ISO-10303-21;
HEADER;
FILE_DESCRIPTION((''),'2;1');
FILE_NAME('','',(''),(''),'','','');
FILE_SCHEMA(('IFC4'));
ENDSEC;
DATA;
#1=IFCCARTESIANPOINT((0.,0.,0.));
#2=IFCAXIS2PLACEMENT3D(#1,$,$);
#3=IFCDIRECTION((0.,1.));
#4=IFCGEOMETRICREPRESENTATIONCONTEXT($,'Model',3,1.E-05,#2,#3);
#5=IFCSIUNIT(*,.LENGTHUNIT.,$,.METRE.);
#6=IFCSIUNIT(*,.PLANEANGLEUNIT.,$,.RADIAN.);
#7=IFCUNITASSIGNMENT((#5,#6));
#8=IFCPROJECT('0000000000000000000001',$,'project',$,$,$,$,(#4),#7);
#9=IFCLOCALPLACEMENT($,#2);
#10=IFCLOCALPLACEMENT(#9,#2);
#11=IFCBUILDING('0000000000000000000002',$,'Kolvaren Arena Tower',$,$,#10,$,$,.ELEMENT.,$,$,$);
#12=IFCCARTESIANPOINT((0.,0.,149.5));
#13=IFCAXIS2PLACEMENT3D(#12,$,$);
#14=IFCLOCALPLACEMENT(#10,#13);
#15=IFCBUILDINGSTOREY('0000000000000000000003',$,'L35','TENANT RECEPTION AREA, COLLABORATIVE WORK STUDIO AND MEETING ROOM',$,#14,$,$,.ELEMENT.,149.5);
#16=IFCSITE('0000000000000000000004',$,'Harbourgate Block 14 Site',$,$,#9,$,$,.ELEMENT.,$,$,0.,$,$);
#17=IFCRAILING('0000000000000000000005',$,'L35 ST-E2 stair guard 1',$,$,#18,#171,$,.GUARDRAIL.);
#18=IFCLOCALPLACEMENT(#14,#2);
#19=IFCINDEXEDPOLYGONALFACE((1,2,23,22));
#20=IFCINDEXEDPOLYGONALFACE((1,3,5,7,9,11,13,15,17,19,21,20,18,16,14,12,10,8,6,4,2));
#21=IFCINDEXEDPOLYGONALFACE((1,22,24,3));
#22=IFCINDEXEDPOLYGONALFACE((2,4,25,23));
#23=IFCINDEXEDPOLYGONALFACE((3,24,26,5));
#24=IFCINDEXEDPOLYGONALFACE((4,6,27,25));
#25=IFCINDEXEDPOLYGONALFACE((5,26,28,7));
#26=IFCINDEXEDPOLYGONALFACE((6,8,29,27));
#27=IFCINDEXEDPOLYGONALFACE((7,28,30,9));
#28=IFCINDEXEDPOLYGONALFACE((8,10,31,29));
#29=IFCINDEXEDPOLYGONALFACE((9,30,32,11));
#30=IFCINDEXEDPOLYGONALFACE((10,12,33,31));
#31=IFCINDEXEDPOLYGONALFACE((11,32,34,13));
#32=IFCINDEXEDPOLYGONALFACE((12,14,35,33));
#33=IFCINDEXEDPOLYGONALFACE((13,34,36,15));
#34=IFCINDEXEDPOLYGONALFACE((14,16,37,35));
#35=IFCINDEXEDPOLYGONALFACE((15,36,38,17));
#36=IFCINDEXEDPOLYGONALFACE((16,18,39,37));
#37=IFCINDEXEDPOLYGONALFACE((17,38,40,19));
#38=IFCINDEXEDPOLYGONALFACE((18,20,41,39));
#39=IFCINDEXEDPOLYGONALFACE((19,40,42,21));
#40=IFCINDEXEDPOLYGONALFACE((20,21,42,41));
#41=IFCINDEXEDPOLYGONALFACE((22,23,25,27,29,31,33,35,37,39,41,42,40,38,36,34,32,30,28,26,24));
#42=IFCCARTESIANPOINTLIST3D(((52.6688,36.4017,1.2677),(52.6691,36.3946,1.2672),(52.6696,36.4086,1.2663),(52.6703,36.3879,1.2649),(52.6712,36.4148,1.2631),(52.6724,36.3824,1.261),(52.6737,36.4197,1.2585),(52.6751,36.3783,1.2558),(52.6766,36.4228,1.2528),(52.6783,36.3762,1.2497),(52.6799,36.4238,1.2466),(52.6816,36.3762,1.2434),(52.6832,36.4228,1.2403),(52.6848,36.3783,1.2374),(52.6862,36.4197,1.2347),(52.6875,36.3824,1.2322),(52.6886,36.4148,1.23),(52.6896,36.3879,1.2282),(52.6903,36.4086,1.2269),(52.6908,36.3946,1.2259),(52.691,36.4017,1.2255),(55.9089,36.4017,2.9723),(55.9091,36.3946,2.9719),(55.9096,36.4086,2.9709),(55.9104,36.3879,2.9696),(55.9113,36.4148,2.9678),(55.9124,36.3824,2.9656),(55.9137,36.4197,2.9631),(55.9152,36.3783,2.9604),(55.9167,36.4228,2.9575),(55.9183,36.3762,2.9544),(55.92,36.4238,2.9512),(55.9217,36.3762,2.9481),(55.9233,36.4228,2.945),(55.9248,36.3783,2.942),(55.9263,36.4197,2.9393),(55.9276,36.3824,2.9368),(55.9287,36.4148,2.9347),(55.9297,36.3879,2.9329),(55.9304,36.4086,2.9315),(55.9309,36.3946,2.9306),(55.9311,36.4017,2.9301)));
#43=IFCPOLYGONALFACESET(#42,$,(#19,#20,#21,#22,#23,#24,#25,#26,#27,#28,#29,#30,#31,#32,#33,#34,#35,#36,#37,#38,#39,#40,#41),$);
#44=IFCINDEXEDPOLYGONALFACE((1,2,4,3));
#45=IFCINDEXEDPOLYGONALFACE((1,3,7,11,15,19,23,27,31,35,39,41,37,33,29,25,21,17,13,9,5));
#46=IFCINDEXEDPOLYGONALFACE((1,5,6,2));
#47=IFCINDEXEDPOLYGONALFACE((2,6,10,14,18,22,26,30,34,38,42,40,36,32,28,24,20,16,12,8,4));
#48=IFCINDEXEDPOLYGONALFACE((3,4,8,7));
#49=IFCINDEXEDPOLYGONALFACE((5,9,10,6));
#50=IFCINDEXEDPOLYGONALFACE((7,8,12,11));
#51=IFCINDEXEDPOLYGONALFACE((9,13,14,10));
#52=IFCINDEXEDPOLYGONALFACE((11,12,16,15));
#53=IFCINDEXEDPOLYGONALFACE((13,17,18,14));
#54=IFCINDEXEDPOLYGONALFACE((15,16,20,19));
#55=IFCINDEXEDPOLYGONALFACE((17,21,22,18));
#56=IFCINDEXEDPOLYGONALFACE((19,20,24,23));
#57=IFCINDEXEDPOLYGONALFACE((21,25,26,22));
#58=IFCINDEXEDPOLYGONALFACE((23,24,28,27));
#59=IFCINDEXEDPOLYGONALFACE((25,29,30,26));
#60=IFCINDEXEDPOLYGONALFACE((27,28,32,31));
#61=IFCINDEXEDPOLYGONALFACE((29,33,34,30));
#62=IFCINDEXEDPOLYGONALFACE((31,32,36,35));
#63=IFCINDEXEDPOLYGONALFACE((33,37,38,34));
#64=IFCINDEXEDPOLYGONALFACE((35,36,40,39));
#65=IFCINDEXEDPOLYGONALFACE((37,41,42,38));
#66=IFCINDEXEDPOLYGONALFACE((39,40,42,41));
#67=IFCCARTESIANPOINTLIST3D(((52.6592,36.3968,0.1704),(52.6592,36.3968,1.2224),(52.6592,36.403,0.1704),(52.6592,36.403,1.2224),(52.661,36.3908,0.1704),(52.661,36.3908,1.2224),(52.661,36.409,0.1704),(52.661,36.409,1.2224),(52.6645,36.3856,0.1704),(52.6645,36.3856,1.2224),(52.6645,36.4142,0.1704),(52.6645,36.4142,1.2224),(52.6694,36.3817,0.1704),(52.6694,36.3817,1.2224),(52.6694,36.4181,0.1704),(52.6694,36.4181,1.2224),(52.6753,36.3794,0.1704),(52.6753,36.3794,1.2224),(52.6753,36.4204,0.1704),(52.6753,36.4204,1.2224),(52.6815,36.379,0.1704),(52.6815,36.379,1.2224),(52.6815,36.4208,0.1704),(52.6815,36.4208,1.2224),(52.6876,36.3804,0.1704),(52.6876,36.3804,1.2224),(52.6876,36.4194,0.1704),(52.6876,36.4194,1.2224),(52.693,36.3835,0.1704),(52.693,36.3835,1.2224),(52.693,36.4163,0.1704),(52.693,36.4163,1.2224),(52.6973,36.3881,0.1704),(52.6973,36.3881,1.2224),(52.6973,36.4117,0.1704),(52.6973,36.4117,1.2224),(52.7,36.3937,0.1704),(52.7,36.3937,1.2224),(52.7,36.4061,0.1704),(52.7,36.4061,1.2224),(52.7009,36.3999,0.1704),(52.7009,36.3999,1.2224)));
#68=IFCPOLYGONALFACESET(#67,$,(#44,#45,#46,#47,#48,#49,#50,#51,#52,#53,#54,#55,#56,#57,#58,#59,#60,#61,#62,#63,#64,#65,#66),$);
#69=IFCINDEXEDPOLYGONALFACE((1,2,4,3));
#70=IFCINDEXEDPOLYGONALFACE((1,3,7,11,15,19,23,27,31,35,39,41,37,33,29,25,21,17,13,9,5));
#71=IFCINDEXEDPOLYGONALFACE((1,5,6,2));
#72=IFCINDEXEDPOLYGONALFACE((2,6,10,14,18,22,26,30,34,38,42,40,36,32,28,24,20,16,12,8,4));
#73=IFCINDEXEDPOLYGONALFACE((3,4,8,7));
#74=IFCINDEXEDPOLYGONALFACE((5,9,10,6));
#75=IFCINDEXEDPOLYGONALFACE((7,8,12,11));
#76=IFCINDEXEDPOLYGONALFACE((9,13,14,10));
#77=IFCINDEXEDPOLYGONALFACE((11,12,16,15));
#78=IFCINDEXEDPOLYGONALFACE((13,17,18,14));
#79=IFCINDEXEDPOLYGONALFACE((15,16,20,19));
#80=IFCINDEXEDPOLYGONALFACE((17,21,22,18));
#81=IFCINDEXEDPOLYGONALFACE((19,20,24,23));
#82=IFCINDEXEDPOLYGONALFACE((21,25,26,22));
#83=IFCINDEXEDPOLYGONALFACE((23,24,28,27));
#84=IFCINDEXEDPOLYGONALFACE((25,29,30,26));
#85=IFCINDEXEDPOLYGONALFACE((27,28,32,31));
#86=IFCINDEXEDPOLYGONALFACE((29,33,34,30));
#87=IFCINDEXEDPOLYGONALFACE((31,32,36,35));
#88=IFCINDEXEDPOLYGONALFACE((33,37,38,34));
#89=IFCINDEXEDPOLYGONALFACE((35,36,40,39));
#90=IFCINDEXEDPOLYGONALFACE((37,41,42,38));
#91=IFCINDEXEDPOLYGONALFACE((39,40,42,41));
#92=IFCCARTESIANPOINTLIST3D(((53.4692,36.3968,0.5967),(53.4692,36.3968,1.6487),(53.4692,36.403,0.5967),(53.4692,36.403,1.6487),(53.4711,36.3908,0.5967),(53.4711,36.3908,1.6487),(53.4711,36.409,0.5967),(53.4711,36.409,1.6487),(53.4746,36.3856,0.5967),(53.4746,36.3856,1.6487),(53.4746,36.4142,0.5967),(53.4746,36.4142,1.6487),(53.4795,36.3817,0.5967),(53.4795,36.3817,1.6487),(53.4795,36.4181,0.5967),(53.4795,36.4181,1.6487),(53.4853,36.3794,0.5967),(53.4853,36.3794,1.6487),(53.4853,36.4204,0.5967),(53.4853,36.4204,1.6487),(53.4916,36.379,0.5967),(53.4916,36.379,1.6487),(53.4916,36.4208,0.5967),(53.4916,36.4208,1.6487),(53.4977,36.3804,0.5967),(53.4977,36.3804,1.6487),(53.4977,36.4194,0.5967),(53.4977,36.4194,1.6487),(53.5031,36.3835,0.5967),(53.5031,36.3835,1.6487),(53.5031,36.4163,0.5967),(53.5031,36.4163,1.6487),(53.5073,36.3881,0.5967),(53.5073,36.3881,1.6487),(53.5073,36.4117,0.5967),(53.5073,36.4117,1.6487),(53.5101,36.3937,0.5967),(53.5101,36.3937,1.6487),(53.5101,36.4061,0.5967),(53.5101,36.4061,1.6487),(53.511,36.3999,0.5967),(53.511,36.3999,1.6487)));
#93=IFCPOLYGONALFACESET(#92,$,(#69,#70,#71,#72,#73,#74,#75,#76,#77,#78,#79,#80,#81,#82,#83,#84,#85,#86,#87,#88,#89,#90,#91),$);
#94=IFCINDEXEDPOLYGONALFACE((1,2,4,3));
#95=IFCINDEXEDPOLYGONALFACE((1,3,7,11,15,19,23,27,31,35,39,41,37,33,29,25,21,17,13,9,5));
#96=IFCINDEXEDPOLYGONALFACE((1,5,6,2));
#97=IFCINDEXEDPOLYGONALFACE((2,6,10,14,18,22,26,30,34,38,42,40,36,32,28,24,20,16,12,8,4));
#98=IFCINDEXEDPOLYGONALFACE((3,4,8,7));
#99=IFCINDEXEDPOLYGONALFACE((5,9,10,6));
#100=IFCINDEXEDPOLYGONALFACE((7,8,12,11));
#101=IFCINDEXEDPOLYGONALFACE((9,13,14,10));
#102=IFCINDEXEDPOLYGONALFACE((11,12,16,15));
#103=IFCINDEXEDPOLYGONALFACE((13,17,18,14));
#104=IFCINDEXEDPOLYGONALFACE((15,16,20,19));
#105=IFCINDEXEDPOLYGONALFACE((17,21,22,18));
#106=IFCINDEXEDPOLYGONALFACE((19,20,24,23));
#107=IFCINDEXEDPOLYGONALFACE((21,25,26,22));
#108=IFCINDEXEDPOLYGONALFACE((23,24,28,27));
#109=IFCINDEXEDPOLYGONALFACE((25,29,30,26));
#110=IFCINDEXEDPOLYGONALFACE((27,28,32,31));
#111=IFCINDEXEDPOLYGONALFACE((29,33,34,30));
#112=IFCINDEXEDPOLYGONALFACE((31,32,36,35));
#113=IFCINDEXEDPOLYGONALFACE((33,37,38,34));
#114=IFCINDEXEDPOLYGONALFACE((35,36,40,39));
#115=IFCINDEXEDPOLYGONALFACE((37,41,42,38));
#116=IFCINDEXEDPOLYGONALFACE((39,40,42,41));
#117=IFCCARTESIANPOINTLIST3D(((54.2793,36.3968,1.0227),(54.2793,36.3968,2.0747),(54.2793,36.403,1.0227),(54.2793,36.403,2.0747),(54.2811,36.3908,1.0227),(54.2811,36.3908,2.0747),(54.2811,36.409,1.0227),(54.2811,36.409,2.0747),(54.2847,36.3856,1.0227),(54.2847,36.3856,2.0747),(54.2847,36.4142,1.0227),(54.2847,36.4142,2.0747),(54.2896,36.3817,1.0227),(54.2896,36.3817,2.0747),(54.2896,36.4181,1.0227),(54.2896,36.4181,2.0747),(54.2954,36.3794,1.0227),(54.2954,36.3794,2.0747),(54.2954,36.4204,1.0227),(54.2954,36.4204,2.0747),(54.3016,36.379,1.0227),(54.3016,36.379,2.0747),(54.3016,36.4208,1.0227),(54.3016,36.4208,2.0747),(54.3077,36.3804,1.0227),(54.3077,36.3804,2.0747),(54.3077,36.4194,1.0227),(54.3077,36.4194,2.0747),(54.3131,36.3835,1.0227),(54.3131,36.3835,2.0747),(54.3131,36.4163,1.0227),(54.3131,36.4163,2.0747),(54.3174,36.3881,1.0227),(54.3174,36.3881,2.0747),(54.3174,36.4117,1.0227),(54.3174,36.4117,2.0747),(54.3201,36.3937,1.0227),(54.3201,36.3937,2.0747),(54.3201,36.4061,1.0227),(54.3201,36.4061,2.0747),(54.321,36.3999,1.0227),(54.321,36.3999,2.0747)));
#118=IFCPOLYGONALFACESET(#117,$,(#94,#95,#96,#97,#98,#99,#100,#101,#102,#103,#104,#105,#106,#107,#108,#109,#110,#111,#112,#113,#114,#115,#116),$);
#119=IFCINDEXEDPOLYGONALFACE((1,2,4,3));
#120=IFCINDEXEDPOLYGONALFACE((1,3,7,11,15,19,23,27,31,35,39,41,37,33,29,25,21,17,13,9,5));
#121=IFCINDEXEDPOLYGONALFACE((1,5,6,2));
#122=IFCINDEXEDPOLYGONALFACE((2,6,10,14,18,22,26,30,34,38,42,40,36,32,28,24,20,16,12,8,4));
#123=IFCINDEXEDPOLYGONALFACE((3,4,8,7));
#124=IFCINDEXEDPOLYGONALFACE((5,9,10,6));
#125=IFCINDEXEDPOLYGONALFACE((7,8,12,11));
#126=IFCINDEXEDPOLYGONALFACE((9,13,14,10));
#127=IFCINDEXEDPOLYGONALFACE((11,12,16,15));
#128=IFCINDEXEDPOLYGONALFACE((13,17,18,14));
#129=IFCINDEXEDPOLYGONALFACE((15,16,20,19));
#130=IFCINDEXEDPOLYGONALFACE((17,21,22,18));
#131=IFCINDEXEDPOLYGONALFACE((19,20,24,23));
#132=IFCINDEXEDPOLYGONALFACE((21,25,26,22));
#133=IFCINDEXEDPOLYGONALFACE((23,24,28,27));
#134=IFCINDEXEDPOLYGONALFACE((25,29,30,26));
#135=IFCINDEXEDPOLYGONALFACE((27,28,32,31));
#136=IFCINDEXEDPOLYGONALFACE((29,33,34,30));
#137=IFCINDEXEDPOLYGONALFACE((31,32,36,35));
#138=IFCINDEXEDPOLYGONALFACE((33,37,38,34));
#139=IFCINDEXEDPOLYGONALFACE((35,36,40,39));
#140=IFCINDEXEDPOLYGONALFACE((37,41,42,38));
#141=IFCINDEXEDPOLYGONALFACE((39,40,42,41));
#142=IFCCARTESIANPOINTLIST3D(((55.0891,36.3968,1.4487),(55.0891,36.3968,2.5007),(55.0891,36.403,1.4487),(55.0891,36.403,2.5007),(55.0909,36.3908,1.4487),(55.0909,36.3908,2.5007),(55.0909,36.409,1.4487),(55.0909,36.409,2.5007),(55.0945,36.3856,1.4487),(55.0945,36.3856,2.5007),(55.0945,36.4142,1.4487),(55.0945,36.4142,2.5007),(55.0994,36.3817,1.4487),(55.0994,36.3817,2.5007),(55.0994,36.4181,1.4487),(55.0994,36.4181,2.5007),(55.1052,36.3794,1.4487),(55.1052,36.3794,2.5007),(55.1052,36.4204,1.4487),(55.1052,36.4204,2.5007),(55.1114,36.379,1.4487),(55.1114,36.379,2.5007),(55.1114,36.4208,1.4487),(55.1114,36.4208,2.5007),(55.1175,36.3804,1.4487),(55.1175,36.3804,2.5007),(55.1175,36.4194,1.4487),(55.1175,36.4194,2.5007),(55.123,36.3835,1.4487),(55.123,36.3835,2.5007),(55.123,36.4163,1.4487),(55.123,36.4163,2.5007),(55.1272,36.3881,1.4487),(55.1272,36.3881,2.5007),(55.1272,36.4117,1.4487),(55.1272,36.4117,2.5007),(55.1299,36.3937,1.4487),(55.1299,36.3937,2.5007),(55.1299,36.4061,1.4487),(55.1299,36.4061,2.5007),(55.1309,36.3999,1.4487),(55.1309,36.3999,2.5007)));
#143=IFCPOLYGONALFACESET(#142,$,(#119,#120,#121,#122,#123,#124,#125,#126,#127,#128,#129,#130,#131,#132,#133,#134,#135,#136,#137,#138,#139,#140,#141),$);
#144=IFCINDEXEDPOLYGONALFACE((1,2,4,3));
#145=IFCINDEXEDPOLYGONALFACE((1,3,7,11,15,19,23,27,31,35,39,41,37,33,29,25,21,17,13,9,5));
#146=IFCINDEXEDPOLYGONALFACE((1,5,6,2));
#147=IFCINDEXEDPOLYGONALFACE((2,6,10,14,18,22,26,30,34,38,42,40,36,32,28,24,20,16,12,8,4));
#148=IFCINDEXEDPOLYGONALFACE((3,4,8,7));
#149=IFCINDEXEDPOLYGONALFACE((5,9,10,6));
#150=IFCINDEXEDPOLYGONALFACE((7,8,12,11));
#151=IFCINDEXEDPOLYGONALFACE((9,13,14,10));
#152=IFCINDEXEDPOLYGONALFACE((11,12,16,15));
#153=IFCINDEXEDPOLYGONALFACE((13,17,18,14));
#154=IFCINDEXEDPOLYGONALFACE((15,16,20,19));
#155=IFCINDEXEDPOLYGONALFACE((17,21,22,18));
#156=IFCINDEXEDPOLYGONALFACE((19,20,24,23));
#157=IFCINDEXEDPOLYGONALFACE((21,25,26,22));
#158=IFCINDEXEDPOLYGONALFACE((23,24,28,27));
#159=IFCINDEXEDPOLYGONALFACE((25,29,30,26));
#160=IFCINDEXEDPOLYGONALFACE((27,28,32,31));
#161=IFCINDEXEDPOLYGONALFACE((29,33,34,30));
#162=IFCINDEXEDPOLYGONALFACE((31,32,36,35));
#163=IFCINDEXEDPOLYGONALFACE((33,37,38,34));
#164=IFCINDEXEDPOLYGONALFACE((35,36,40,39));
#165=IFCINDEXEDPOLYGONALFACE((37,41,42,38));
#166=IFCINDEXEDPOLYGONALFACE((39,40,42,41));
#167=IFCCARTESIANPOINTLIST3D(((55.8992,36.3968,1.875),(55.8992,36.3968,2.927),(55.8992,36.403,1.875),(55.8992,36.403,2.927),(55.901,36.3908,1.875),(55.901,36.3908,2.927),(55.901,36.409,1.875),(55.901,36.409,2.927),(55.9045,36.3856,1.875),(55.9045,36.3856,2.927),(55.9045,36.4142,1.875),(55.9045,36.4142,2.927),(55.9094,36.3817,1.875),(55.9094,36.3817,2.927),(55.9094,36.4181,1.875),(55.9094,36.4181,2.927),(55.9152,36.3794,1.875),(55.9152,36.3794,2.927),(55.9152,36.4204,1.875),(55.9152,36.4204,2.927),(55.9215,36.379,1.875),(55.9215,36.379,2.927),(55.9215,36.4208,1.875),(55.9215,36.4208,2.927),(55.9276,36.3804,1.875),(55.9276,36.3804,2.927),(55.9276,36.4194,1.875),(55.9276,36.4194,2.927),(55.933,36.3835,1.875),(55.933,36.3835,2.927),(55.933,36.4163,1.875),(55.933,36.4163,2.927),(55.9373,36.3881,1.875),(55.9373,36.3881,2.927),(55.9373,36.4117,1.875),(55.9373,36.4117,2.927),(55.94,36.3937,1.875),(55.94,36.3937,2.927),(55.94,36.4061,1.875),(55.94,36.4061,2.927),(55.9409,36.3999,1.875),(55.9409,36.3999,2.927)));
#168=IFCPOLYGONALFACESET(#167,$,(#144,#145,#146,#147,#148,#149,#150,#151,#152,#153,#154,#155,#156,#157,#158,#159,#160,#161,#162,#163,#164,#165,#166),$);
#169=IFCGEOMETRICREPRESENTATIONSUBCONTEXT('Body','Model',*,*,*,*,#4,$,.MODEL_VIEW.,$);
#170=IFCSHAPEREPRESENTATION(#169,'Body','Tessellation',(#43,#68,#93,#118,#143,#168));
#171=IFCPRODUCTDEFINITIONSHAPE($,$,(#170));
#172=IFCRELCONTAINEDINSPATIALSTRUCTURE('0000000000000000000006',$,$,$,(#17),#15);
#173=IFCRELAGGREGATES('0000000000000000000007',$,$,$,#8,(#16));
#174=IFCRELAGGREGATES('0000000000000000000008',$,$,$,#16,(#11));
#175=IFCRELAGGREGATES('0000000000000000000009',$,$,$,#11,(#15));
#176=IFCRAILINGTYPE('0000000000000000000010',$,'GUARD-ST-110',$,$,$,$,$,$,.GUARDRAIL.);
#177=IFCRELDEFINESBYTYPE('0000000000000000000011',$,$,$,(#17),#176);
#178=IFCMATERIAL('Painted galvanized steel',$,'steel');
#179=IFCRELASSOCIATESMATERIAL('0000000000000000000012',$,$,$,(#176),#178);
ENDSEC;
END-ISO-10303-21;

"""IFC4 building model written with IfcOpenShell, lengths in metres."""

from ifc_helpers import new_model, si_unit, direction, frame, origin, origin_2d, place, context, subcontext, project, spatial, circle, extrude, material, type_object, element, save


model = new_model("IFC4")

# Units and contexts
model_context = context("Model", 3, precision=1e-05, world=origin(), true_north=direction((0.0, 1.0)))
body_context = subcontext(model_context, "Body", "Model", "MODEL_VIEW")
ifc_project = project(units=[si_unit("LENGTHUNIT", "METRE"), si_unit("PLANEANGLEUNIT", "RADIAN")], contexts=[model_context])

# Site, building, storey
site_placement = place(None, origin())
site = spatial("IfcSite", under=ifc_project, at=site_placement, Name="Harbourgate Block 14 Site", CompositionType="ELEMENT", RefElevation=0.0)
building_placement = place(site_placement, origin())
building = spatial("IfcBuilding", under=site, at=building_placement, Name="Kolvaren Arena Tower", CompositionType="ELEMENT")
storey_placement = place(building_placement, frame((0.0, 0.0, 149.5)))
storey = spatial("IfcBuildingStorey", under=building, at=storey_placement, Name="L35", Description="TENANT RECEPTION AREA, COLLABORATIVE WORK STUDIO AND MEETING ROOM", CompositionType="ELEMENT", Elevation=149.5)

# Railing
ifc_material_1 = material(Name="Painted galvanized steel", Category="steel")
railing_type_1 = type_object("IfcRailingType", Name="GUARD-ST-110", PredefinedType="GUARDRAIL", material=ifc_material_1)
railing_1_placement = place(storey_placement, frame((52.6799, 36.3999, 0.1704)))
element("IfcRailing", 1, at=railing_1_placement, inside=storey, type_object=railing_type_1, Name="L35 ST-E2 stair guard 1", PredefinedType="GUARDRAIL", context=body_context, shape_type="SweptSolid", body=[
    extrude(circle(Radius=0.0239, at=origin_2d()), frame((0.0, 0.0, 1.0762), z_axis=(0.884993, 0.0, 0.465604), x_axis=(0.0, 1.0, 0.0)), (0.0, 0.0, 1.0), 3.6611),
    extrude(circle(Radius=0.021, at=origin_2d()), origin(), (0.0, 0.0, 1.0), 1.052),
    extrude(circle(Radius=0.021, at=origin_2d()), frame((0.8101, 0.0, 0.4263)), (0.0, 0.0, 1.0), 1.052),
    extrude(circle(Radius=0.021, at=origin_2d()), frame((1.6201, 0.0, 0.8523)), (0.0, 0.0, 1.0), 1.052),
    extrude(circle(Radius=0.021, at=origin_2d()), frame((2.4299, 0.0, 1.2783)), (0.0, 0.0, 1.0), 1.052),
    extrude(circle(Radius=0.021, at=origin_2d()), frame((3.24, 0.0, 1.7046)), (0.0, 0.0, 1.0), 1.052),
])

save(model, "model.ifc")
